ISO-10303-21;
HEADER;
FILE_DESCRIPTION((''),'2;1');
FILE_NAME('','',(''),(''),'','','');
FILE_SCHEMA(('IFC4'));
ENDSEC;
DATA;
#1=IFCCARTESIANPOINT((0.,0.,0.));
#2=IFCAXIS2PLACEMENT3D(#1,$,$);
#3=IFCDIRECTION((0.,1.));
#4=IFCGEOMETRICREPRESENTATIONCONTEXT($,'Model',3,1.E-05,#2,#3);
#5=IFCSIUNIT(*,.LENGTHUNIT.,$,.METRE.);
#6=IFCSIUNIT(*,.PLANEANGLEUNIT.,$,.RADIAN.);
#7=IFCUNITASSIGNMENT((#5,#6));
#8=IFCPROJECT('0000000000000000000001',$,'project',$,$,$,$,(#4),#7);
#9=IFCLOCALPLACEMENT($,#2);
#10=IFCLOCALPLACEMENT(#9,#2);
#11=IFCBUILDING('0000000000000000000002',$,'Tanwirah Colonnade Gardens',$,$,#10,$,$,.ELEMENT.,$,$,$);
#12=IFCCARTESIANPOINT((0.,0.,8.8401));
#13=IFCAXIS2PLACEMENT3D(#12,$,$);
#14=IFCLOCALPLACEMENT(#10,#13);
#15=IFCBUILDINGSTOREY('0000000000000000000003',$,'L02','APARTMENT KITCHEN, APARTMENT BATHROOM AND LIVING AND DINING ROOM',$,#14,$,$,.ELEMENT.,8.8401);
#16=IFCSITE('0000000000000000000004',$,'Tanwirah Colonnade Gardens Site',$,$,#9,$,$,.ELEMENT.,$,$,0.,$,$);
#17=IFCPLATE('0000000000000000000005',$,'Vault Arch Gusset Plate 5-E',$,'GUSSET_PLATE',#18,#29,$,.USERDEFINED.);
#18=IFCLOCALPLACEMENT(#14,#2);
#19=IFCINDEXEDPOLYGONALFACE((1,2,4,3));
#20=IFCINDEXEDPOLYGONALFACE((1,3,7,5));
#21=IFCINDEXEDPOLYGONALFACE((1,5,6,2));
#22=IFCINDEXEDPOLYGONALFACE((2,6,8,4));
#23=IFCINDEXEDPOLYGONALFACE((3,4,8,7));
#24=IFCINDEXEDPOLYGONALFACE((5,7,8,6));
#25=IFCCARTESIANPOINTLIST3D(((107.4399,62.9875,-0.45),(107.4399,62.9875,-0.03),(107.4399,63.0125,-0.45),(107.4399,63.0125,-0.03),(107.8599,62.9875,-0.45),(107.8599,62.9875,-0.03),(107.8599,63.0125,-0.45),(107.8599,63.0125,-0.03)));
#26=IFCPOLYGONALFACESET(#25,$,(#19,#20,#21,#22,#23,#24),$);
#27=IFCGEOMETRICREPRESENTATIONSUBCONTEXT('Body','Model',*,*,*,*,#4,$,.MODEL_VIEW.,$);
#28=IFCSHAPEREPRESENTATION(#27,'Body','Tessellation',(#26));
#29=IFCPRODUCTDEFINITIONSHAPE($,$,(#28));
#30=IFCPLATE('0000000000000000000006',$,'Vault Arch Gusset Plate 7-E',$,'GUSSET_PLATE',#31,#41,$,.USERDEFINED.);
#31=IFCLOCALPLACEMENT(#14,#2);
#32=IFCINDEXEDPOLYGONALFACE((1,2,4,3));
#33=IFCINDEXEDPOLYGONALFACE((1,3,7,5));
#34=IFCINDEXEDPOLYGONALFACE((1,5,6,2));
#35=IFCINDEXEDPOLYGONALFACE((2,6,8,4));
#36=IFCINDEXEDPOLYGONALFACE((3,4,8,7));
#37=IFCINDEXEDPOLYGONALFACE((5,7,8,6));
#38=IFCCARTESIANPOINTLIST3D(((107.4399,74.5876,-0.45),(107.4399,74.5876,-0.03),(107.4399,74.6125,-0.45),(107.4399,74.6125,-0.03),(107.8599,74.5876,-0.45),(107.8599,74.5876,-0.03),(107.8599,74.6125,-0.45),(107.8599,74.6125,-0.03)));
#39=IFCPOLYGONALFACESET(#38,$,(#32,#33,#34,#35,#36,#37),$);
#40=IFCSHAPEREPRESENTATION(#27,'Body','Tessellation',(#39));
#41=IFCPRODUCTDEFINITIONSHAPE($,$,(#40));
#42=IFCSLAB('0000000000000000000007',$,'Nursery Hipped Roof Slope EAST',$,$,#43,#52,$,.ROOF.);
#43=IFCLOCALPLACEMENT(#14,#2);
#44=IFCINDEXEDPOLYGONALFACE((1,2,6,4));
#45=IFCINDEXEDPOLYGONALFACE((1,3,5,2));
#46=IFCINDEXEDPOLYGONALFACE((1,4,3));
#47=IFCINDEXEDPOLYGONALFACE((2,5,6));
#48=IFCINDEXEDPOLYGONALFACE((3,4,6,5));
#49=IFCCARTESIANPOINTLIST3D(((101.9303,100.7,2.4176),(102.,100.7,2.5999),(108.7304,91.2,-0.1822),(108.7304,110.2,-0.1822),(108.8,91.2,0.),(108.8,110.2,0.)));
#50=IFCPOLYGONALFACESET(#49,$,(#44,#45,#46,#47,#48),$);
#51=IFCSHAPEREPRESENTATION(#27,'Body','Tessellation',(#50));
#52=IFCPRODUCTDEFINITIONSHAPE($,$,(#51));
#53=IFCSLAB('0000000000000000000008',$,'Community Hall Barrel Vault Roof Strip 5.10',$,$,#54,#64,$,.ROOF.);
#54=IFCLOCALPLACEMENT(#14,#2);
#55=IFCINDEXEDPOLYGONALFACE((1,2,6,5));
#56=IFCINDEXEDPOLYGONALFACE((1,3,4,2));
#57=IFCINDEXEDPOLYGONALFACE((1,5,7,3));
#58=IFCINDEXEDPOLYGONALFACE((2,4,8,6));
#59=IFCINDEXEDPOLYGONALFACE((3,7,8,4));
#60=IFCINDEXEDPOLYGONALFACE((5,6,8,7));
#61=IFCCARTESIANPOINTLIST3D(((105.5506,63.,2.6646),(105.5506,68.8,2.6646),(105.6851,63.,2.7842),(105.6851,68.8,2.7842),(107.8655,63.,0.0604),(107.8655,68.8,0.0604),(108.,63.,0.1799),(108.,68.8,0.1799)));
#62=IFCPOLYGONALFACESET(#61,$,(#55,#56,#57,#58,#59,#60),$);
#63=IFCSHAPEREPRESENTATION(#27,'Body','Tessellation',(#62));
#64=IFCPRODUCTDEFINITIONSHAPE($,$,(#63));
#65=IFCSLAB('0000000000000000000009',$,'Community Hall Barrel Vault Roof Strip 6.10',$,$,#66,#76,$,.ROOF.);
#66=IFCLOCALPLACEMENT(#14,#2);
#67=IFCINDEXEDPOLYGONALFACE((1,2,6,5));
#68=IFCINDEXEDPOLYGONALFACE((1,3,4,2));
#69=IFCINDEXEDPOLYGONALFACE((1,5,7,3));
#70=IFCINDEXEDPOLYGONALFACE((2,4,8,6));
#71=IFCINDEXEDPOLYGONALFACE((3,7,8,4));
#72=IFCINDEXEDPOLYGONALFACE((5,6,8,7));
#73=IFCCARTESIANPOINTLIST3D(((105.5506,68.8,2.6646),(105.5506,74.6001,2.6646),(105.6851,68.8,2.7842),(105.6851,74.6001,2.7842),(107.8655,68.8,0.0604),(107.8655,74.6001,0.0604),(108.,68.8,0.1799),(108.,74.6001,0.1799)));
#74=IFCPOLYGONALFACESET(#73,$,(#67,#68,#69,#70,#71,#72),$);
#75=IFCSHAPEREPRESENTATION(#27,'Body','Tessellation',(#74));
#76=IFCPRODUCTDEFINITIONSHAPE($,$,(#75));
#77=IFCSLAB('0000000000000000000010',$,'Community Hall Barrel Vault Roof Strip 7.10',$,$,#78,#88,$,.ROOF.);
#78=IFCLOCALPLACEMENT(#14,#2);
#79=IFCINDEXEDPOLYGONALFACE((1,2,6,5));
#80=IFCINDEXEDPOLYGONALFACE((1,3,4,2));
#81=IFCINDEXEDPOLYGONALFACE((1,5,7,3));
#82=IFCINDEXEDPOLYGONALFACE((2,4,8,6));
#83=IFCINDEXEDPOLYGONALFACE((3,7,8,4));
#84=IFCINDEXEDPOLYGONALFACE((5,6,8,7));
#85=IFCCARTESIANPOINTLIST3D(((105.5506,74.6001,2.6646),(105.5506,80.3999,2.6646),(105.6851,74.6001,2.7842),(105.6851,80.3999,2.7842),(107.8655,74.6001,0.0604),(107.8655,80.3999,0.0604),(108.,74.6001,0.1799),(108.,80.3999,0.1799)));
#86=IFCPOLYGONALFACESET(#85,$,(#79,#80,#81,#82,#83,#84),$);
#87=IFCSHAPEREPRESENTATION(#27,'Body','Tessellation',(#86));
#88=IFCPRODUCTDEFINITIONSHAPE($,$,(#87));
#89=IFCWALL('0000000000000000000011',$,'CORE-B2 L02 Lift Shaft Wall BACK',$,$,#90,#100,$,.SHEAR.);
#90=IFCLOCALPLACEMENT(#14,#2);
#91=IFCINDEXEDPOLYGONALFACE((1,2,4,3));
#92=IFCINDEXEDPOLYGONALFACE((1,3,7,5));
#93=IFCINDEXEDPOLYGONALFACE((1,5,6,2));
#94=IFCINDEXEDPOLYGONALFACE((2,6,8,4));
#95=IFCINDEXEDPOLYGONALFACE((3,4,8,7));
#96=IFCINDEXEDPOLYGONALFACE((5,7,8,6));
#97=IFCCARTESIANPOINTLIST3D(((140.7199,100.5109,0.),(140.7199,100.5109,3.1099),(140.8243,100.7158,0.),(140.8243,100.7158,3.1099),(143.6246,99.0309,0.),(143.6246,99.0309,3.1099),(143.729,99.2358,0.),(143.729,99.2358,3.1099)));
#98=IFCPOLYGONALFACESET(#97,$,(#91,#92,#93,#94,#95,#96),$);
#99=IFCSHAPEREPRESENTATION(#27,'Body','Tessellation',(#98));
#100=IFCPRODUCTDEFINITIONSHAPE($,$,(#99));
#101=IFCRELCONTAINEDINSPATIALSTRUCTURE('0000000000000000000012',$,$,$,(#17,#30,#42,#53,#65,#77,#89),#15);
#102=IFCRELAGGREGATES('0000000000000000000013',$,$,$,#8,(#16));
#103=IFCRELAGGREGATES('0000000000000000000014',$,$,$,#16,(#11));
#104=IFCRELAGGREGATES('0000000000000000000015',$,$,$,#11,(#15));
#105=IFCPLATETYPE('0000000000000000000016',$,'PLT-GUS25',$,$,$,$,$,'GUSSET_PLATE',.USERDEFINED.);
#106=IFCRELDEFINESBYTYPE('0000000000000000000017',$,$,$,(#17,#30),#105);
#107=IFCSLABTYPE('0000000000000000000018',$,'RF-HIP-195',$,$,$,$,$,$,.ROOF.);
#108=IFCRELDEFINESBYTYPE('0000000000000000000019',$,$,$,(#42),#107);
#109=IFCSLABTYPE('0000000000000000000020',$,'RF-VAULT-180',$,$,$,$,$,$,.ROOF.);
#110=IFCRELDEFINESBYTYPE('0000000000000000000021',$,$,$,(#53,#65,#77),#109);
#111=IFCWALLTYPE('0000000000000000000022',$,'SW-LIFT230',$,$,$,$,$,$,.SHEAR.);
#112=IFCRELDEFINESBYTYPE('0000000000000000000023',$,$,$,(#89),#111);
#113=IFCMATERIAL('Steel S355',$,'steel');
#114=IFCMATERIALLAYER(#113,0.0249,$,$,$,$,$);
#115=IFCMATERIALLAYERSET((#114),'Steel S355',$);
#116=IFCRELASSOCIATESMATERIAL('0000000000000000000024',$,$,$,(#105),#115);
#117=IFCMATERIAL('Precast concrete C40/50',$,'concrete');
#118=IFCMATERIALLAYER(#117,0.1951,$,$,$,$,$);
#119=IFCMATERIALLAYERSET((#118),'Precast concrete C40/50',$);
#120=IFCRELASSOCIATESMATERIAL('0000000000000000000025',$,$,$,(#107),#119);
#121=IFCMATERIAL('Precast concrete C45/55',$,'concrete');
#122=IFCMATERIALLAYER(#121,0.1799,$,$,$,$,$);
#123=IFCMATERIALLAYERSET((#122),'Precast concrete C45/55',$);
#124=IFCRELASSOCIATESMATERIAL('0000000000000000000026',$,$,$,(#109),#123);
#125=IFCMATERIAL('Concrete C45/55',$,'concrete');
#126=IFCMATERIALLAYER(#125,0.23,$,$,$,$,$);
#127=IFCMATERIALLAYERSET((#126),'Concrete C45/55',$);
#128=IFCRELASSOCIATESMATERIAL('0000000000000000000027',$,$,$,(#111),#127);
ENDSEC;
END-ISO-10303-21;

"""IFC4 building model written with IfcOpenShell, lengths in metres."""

from ifc_helpers import new_model, si_unit, direction, frame, frame_2d, origin, origin_2d, place, context, subcontext, project, spatial, polyline, rectangle, outline, extrude, material, layer, layer_set, type_object, element, save


model = new_model("IFC4")

# Units and contexts
model_context = context("Model", 3, precision=1e-05, world=origin(), true_north=direction((0.0, 1.0)))
body_context = subcontext(model_context, "Body", "Model", "MODEL_VIEW")
ifc_project = project(units=[si_unit("LENGTHUNIT", "METRE"), si_unit("PLANEANGLEUNIT", "RADIAN")], contexts=[model_context])

# Site, building, storey
site_placement = place(None, origin())
site = spatial("IfcSite", under=ifc_project, at=site_placement, Name="Tanwirah Colonnade Gardens Site", CompositionType="ELEMENT", RefElevation=0.0)
building_placement = place(site_placement, origin())
building = spatial("IfcBuilding", under=site, at=building_placement, Name="Tanwirah Colonnade Gardens", CompositionType="ELEMENT")
storey_placement = place(building_placement, frame((0.0, 0.0, 8.8401)))
storey = spatial("IfcBuildingStorey", under=building, at=storey_placement, Name="L02", Description="APARTMENT KITCHEN, APARTMENT BATHROOM AND LIVING AND DINING ROOM", CompositionType="ELEMENT", Elevation=8.8401)

# Shared definitions
ifc_material_1 = material(Name="Precast concrete C45/55", Category="concrete")
ifc_material_2 = material(Name="Precast concrete C40/50", Category="concrete")

# Shared definitions
ifc_material_3 = material(Name="Steel S355", Category="steel")

# Plates
ifc_layer_1 = layer(ifc_material_3, 0.0249)
ifc_layer_set_1 = layer_set([ifc_layer_1], Name="Steel S355")
plate_type_1 = type_object("IfcPlateType", Name="PLT-GUS25", ElementType="GUSSET_PLATE", PredefinedType="USERDEFINED", material=ifc_layer_set_1)
for number, where, z_axis, x_axis, name in (
    (1, (107.6499, 63.0, -0.45), (0.0, 0.0, 1.0), (1.0, 0.0, 0.0), "Vault Arch Gusset Plate 5-E"),
    (2, (107.6499, 74.6001, -0.45), (0.0, 0.0, 1.0), (1.0, 0.0, 0.0), "Vault Arch Gusset Plate 7-E"),
):
    element("IfcPlate", number, at=place(storey_placement, frame(where, z_axis=z_axis, x_axis=x_axis)), inside=storey, type_object=plate_type_1, Name=name, ObjectType="GUSSET_PLATE", PredefinedType="USERDEFINED", context=body_context, shape_type="SweptSolid", body=[
        extrude(rectangle(XDim=0.4199, YDim=0.0249, at=origin_2d()), origin(), (0.0, 0.0, 1.0), 0.4199),
    ])

# Slabs
ifc_layer_2 = layer(ifc_material_2, 0.1951)
ifc_layer_set_2 = layer_set([ifc_layer_2], Name="Precast concrete C40/50")
slab_type_1 = type_object("IfcSlabType", Name="RF-HIP-195", PredefinedType="ROOF", material=ifc_layer_set_2)
slab_1_placement = place(storey_placement, frame((108.8, 91.2, 0.0), z_axis=(0.357118, 0.0, 0.934059), x_axis=(0.0, 1.0, 0.0)))
element("IfcSlab", 3, at=slab_1_placement, inside=storey, type_object=slab_type_1, Name="Nursery Hipped Roof Slope EAST", PredefinedType="ROOF", context=body_context, shape_type="SweptSolid", body=[
    extrude(outline(polyline([(0.0, 0.0), (19.0, 0.0), (9.5, 7.2801), (0.0, 0.0)])), origin(), (0.0, 0.0, -1.0), 0.1951),
])
ifc_layer_3 = layer(ifc_material_1, 0.1799)
ifc_layer_set_3 = layer_set([ifc_layer_3], Name="Precast concrete C45/55")
slab_type_2 = type_object("IfcSlabType", Name="RF-VAULT-180", PredefinedType="ROOF", material=ifc_layer_set_3)
for number, where, z_axis, x_axis, name in (
    (4, (105.6851, 63.0, 2.7842), (0.747402, 0.0, 0.664373), (0.664373, 0.0, -0.747402), "Community Hall Barrel Vault Roof Strip 5.10"),
    (5, (105.6851, 68.8, 2.7842), (0.747402, 0.0, 0.664373), (0.664373, 0.0, -0.747402), "Community Hall Barrel Vault Roof Strip 6.10"),
):
    element("IfcSlab", number, at=place(storey_placement, frame(where, z_axis=z_axis, x_axis=x_axis)), inside=storey, type_object=slab_type_2, Name=name, PredefinedType="ROOF", context=body_context, shape_type="SweptSolid", body=[
        extrude(outline(polyline([(0.0, 0.0), (3.4844, 0.0), (3.4844, 5.8), (0.0, 5.8), (0.0, 0.0)])), origin(), (0.0, 0.0, -1.0), 0.1799),
    ])
slab_2_placement = place(storey_placement, frame((105.6851, 74.6001, 2.7842), z_axis=(0.747402, 0.0, 0.664373), x_axis=(0.664373, 0.0, -0.747402)))
element("IfcSlab", 6, at=slab_2_placement, inside=storey, type_object=slab_type_2, Name="Community Hall Barrel Vault Roof Strip 7.10", PredefinedType="ROOF", context=body_context, shape_type="SweptSolid", body=[
    extrude(outline(polyline([(0.0, 0.0), (3.4844, 0.0), (3.4844, 5.7998), (0.0, 5.7998), (0.0, 0.0)])), origin(), (0.0, 0.0, -1.0), 0.1799),
])

# Wall
ifc_material_4 = material(Name="Concrete C45/55", Category="concrete")
ifc_layer_4 = layer(ifc_material_4, 0.23)
ifc_layer_set_4 = layer_set([ifc_layer_4], Name="Concrete C45/55")
wall_type = type_object("IfcWallType", Name="SW-LIFT230", PredefinedType="SHEAR", material=ifc_layer_set_4)
wall_placement = place(storey_placement, frame((140.7722, 100.6133, 0.0), z_axis=(0.0, 0.0, 1.0), x_axis=(0.891017, -0.453971, 0.0)))
element("IfcWall", 7, at=wall_placement, inside=storey, type_object=wall_type, Name="CORE-B2 L02 Lift Shaft Wall BACK", PredefinedType="SHEAR", context=body_context, shape_type="SweptSolid", body=[
    extrude(rectangle(XDim=3.26, YDim=0.23, at=frame_2d((1.6299, 0.0))), origin(), (0.0, 0.0, 1.0), 3.1099),
])

save(model, "model.ifc")
